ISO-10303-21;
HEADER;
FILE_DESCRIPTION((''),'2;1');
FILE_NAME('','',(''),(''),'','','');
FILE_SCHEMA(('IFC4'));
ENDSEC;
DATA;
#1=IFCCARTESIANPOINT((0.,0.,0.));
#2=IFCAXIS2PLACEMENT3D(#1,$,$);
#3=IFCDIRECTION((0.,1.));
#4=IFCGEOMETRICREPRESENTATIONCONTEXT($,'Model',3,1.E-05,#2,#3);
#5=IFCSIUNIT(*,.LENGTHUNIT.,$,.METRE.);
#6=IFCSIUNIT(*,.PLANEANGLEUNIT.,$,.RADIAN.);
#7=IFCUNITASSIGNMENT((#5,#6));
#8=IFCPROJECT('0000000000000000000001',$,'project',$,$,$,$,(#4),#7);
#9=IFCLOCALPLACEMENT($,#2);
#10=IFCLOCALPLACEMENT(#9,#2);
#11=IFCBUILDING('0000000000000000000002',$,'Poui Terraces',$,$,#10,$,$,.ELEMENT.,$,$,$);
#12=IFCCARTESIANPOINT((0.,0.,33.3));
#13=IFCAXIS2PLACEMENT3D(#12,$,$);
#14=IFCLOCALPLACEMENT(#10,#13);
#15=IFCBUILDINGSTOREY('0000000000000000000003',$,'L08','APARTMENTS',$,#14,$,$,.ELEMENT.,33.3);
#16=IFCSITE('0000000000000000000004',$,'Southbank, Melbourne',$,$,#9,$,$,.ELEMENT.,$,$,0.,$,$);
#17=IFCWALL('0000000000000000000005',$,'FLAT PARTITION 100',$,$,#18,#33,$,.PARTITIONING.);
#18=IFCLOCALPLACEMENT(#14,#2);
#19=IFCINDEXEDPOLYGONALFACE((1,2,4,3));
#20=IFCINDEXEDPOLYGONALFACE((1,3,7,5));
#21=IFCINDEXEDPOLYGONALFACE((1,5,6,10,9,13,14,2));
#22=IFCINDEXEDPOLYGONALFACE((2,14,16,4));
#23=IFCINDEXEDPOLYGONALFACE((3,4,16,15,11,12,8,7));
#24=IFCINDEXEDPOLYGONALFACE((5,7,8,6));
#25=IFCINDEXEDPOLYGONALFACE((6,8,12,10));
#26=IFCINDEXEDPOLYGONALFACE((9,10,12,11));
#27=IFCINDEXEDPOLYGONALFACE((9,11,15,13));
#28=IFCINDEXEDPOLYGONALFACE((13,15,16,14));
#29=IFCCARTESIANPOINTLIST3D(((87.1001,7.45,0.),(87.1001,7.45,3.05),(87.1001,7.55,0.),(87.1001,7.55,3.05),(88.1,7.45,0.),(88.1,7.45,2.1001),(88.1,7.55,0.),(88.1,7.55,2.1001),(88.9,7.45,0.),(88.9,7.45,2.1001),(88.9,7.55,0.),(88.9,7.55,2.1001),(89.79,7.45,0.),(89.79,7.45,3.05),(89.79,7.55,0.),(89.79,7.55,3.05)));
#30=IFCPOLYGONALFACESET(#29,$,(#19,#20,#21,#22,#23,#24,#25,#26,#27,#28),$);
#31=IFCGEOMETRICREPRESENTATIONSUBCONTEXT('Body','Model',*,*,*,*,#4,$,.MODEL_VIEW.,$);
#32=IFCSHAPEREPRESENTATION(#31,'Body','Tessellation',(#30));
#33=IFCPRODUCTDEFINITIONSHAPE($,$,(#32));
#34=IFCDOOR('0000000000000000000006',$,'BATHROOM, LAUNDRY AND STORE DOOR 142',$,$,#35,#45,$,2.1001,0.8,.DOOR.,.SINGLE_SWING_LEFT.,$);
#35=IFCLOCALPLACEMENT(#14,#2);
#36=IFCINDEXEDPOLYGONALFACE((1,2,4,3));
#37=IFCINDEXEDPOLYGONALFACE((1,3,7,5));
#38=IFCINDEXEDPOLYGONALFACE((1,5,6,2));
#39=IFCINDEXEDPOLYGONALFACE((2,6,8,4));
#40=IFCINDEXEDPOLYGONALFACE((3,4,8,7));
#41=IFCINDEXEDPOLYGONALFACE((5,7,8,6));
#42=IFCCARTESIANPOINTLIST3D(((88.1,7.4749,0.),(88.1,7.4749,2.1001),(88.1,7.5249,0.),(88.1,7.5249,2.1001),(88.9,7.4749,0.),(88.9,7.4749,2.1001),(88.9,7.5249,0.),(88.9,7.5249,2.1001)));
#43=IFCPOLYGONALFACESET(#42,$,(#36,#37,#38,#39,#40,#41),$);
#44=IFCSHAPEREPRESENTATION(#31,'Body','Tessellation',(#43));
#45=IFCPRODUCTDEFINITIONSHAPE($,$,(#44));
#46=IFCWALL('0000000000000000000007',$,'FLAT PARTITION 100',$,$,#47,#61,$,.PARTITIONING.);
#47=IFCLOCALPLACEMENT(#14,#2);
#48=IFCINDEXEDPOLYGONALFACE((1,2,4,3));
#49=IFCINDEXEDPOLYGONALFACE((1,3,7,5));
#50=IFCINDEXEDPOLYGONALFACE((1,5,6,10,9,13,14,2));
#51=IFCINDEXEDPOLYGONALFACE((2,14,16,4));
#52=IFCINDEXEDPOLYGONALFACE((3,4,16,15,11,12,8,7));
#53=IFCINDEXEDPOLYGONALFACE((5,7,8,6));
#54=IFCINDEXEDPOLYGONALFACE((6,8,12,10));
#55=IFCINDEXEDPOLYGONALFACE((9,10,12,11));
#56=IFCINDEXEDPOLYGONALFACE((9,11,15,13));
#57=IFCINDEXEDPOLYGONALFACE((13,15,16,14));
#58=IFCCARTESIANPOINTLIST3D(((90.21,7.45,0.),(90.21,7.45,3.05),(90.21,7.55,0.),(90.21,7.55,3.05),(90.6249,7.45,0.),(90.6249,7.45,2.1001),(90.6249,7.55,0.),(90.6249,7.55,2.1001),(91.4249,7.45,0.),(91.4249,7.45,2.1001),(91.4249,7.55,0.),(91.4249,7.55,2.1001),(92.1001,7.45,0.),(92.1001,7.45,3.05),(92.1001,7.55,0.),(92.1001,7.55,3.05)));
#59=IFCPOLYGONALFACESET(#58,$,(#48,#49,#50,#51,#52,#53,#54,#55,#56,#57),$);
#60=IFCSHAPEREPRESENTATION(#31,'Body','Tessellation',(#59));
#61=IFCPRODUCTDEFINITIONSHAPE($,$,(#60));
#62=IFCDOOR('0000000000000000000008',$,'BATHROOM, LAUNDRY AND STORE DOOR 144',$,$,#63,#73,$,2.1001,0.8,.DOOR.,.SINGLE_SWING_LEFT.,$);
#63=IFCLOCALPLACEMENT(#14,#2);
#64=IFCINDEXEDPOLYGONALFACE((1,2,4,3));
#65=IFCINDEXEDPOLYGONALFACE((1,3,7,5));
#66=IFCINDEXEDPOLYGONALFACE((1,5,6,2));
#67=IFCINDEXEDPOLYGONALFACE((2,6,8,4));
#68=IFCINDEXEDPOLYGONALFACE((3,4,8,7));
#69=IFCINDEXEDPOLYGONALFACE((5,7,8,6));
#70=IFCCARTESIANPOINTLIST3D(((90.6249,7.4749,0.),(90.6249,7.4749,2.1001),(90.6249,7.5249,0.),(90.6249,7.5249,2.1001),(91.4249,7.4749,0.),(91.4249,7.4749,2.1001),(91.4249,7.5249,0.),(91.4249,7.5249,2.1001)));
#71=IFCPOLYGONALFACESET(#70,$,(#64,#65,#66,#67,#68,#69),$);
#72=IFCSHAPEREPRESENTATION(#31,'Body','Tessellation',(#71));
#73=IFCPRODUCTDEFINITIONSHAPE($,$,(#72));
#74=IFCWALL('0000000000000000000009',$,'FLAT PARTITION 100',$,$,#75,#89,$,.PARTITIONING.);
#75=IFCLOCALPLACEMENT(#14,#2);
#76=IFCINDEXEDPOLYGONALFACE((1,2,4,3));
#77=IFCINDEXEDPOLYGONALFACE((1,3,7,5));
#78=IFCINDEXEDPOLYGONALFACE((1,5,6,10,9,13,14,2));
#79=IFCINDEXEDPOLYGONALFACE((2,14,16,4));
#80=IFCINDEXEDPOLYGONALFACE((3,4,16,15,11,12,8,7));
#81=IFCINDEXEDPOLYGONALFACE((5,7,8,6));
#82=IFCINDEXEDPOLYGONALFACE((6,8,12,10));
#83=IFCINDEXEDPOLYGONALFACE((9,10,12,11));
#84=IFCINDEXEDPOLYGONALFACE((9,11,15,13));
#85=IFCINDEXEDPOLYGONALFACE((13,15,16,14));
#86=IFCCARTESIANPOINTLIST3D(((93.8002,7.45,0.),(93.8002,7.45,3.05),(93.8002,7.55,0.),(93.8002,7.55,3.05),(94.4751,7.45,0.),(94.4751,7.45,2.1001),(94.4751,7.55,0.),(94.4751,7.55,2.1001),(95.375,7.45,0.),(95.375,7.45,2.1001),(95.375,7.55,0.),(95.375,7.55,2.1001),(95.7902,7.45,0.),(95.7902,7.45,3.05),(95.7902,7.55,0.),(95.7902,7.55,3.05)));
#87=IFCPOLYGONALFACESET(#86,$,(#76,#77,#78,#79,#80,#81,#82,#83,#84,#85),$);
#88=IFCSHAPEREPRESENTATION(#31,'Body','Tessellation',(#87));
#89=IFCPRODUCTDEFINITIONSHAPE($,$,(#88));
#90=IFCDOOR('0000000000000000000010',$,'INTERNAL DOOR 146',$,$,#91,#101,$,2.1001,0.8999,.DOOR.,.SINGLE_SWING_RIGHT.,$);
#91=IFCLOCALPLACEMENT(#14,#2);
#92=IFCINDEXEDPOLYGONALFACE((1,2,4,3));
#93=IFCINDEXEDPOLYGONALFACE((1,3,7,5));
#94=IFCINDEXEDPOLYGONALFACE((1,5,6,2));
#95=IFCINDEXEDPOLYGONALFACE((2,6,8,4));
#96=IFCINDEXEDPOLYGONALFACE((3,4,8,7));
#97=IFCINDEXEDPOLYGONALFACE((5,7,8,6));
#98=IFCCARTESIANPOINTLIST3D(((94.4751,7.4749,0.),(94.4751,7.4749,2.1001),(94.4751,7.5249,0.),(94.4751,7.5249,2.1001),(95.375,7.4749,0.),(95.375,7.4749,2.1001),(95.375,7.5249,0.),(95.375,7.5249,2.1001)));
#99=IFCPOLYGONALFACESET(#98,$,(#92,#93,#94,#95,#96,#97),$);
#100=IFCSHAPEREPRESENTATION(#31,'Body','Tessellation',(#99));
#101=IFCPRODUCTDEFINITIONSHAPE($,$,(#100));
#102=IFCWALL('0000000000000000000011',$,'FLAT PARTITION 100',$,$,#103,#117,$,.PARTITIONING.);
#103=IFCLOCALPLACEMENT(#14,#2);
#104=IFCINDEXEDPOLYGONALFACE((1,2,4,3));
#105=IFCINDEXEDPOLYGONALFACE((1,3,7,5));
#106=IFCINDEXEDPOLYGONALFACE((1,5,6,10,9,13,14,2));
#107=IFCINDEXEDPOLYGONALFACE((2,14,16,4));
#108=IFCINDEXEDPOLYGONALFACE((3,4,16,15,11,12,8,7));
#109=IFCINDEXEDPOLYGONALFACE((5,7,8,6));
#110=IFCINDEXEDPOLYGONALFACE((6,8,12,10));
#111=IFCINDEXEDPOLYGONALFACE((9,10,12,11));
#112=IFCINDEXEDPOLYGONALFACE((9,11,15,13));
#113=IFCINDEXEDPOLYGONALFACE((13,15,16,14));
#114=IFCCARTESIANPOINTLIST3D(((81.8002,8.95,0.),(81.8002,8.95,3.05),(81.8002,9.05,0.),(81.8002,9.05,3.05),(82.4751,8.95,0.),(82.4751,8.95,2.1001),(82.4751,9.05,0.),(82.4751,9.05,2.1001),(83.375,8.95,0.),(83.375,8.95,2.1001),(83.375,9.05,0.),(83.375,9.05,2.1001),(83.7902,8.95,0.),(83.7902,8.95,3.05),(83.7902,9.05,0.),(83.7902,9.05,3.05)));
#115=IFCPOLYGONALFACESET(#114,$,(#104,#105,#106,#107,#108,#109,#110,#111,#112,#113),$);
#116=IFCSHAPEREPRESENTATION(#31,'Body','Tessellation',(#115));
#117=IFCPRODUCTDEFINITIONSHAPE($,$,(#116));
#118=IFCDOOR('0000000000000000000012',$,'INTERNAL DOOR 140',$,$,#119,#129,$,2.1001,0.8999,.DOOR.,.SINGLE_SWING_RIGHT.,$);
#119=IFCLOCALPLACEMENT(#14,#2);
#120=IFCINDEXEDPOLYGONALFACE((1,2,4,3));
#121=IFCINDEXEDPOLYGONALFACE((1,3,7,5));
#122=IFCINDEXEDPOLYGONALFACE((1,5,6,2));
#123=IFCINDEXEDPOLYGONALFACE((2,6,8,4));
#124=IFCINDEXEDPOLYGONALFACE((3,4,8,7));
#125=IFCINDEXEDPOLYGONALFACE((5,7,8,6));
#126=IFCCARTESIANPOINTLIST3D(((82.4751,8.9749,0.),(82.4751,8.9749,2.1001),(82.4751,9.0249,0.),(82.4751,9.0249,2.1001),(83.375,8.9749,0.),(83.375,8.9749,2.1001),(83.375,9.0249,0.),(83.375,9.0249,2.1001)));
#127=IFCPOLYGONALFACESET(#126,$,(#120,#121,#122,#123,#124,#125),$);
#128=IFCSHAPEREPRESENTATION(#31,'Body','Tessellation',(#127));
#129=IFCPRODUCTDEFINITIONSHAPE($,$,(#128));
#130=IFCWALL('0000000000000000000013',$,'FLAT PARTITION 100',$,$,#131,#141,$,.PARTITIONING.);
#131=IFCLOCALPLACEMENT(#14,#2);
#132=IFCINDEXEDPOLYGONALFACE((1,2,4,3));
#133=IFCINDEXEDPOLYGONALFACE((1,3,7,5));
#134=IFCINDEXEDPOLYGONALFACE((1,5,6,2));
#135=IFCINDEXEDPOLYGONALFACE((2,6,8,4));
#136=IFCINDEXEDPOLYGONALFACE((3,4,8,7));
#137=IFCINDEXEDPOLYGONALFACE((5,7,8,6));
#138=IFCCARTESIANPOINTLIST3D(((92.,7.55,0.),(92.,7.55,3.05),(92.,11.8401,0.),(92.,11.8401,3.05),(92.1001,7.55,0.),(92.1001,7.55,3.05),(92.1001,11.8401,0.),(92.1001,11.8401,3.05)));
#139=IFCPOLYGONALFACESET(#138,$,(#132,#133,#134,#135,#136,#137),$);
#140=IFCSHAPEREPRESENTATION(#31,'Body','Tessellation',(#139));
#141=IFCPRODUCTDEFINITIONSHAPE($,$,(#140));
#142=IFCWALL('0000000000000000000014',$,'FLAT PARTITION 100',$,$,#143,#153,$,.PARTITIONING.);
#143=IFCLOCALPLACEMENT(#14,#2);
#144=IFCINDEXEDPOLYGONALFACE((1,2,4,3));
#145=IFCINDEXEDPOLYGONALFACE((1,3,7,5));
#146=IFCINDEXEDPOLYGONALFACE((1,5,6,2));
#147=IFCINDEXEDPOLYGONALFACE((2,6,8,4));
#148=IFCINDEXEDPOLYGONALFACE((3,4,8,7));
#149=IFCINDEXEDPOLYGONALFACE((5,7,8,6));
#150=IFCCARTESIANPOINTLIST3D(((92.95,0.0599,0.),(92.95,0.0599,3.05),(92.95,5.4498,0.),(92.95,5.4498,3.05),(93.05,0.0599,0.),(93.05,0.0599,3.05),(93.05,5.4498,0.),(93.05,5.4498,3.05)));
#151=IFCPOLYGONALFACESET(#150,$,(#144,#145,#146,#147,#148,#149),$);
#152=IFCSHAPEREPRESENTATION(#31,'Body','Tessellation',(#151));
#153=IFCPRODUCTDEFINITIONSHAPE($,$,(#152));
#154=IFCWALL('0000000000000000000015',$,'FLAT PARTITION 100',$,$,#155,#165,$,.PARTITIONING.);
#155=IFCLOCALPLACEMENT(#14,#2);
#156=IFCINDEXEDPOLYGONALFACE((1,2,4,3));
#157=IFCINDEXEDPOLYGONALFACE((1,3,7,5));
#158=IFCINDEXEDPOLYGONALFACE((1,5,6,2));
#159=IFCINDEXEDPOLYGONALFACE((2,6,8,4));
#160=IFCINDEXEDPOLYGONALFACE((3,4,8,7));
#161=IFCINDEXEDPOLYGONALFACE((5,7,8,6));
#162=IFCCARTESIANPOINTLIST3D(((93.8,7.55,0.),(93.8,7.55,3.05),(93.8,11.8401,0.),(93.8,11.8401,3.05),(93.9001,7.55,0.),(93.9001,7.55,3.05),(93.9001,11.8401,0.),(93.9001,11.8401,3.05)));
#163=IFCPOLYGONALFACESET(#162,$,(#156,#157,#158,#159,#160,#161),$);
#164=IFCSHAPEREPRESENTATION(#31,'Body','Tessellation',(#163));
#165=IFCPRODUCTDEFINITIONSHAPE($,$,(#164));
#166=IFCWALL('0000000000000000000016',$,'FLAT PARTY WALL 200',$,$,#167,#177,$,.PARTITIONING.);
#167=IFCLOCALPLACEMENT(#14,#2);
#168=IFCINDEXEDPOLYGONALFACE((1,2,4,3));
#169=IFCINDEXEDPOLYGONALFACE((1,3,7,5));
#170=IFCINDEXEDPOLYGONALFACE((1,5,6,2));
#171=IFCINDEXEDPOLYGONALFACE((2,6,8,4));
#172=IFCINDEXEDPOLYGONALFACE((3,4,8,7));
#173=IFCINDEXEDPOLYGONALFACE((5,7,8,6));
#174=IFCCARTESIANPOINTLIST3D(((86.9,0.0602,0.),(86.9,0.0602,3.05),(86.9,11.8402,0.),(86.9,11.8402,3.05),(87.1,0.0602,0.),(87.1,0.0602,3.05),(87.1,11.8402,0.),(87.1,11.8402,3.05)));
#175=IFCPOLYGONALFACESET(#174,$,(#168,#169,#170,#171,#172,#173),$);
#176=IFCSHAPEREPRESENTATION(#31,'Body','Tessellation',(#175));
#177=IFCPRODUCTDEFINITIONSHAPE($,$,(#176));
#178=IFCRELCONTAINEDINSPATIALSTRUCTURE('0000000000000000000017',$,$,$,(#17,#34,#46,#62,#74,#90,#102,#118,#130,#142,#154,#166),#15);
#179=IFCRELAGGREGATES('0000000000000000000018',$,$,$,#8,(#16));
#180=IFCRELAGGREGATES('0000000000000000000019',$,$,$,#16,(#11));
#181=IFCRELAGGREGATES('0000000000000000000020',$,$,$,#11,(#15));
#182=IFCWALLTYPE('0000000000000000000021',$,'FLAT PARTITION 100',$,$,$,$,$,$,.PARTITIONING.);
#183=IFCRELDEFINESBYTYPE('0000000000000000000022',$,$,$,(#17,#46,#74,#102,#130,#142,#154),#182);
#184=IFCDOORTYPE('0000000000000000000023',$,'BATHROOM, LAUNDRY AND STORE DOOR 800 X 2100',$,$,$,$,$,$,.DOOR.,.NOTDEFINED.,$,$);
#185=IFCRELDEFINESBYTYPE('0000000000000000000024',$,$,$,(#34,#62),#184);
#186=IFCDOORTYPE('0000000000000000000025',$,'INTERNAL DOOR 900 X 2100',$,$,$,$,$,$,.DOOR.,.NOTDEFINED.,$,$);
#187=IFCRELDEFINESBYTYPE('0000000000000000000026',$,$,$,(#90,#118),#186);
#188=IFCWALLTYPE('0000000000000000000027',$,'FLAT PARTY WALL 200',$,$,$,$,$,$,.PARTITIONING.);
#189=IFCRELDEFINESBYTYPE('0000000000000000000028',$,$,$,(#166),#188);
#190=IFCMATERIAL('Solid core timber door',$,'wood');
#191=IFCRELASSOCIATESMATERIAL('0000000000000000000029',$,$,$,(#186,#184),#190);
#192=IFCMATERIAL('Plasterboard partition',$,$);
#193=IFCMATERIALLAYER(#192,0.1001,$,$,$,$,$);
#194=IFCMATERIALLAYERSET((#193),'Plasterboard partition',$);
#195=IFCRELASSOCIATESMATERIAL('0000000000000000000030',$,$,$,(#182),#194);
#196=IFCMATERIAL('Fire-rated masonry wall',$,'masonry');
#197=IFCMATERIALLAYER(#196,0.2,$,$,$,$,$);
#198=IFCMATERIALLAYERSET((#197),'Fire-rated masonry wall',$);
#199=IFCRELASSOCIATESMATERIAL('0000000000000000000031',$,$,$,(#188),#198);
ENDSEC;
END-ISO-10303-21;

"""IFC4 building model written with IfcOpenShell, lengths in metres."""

from ifc_helpers import new_model, si_unit, direction, frame, frame_2d, origin, place, context, subcontext, project, spatial, rectangle, extrude, material, layer, layer_set, type_object, element, fill, save


model = new_model("IFC4")

# Units and contexts
model_context = context("Model", 3, precision=1e-05, world=origin(), true_north=direction((0.0, 1.0)))
body_context = subcontext(model_context, "Body", "Model", "MODEL_VIEW")
ifc_project = project(units=[si_unit("LENGTHUNIT", "METRE"), si_unit("PLANEANGLEUNIT", "RADIAN")], contexts=[model_context])

# Site, building, storey
site_placement = place(None, origin())
site = spatial("IfcSite", under=ifc_project, at=site_placement, Name="Southbank, Melbourne", CompositionType="ELEMENT", RefElevation=0.0)
building_placement = place(site_placement, origin())
building = spatial("IfcBuilding", under=site, at=building_placement, Name="Poui Terraces", CompositionType="ELEMENT")
storey_placement = place(building_placement, frame((0.0, 0.0, 33.3)))
storey = spatial("IfcBuildingStorey", under=building, at=storey_placement, Name="L08", Description="APARTMENTS", CompositionType="ELEMENT", Elevation=33.3)

# Shared definitions
ifc_material_1 = material(Name="Solid core timber door", Category="wood")
door_type_1 = type_object("IfcDoorType", Name="INTERNAL DOOR 900 X 2100", OperationType="NOTDEFINED", PredefinedType="DOOR", material=ifc_material_1)

# Walls, openings, doors
ifc_material_2 = material(Name="Plasterboard partition")
ifc_layer_1 = layer(ifc_material_2, 0.1001)
ifc_layer_set_1 = layer_set([ifc_layer_1], Name="Plasterboard partition")
wall_type_1 = type_object("IfcWallType", Name="FLAT PARTITION 100", PredefinedType="PARTITIONING", material=ifc_layer_set_1)
wall_1_placement = place(storey_placement, frame((87.1001, 7.5, 0.0), z_axis=(0.0, 0.0, 1.0), x_axis=(1.0, 0.0, 0.0)))
wall_1 = element("IfcWall", 1, at=wall_1_placement, inside=storey, type_object=wall_type_1, Name="FLAT PARTITION 100", PredefinedType="PARTITIONING", context=body_context, shape_type="SweptSolid", body=[
    extrude(rectangle(XDim=2.6899, YDim=0.1001, at=frame_2d((1.345, 0.0))), origin(), (0.0, 0.0, 1.0), 3.05),
])
opening_1_placement = place(wall_1_placement, frame((1.0, 0.0, 0.0)))
opening_1 = element("IfcOpeningElement", 2, at=opening_1_placement, cuts=wall_1, PredefinedType="OPENING", context=body_context, shape_type="SweptSolid", body=[
    extrude(rectangle(XDim=0.8, YDim=2.1001, at=frame_2d((0.3999, 1.05))), frame((0.0, 0.0601, 0.0), z_axis=(0.0, -1.0, 0.0), x_axis=(1.0, 0.0, 0.0)), (0.0, 0.0, 1.0), 0.1201),
])
door_type_2 = type_object("IfcDoorType", Name="BATHROOM, LAUNDRY AND STORE DOOR 800 X 2100", OperationType="NOTDEFINED", PredefinedType="DOOR", material=ifc_material_1)
door_1_placement = place(opening_1_placement, origin())
door_1 = element("IfcDoor", 3, at=door_1_placement, inside=storey, type_object=door_type_2, Name="BATHROOM, LAUNDRY AND STORE DOOR 142", OperationType="SINGLE_SWING_LEFT", OverallHeight=2.1001, OverallWidth=0.8, PredefinedType="DOOR", context=body_context, shape_type="SweptSolid", body=[
    extrude(rectangle(XDim=0.8, YDim=2.1001, at=frame_2d((0.3999, 1.05))), frame((0.0, 0.0249, 0.0), z_axis=(0.0, -1.0, 0.0), x_axis=(1.0, 0.0, 0.0)), (0.0, 0.0, 1.0), 0.05),
])
fill(opening_1, door_1)
wall_2_placement = place(storey_placement, frame((90.21, 7.5, 0.0), z_axis=(0.0, 0.0, 1.0), x_axis=(1.0, 0.0, 0.0)))
wall_2 = element("IfcWall", 4, at=wall_2_placement, inside=storey, type_object=wall_type_1, Name="FLAT PARTITION 100", PredefinedType="PARTITIONING", context=body_context, shape_type="SweptSolid", body=[
    extrude(rectangle(XDim=1.8901, YDim=0.1001, at=frame_2d((0.9451, 0.0))), origin(), (0.0, 0.0, 1.0), 3.05),
])
opening_2_placement = place(wall_2_placement, frame((0.415, 0.0, 0.0)))
opening_2 = element("IfcOpeningElement", 5, at=opening_2_placement, cuts=wall_2, PredefinedType="OPENING", context=body_context, shape_type="SweptSolid", body=[
    extrude(rectangle(XDim=0.8, YDim=2.1001, at=frame_2d((0.3999, 1.05))), frame((0.0, 0.0601, 0.0), z_axis=(0.0, -1.0, 0.0), x_axis=(1.0, 0.0, 0.0)), (0.0, 0.0, 1.0), 0.1201),
])
door_2_placement = place(opening_2_placement, origin())
door_2 = element("IfcDoor", 6, at=door_2_placement, inside=storey, type_object=door_type_2, Name="BATHROOM, LAUNDRY AND STORE DOOR 144", OperationType="SINGLE_SWING_LEFT", OverallHeight=2.1001, OverallWidth=0.8, PredefinedType="DOOR", context=body_context, shape_type="SweptSolid", body=[
    extrude(rectangle(XDim=0.8, YDim=2.1001, at=frame_2d((0.3999, 1.05))), frame((0.0, 0.0249, 0.0), z_axis=(0.0, -1.0, 0.0), x_axis=(1.0, 0.0, 0.0)), (0.0, 0.0, 1.0), 0.05),
])
fill(opening_2, door_2)
wall_3_placement = place(storey_placement, frame((93.8, 7.5, 0.0), z_axis=(0.0, 0.0, 1.0), x_axis=(1.0, 0.0, 0.0)))
wall_3 = element("IfcWall", 7, at=wall_3_placement, inside=storey, type_object=wall_type_1, Name="FLAT PARTITION 100", PredefinedType="PARTITIONING", context=body_context, shape_type="SweptSolid", body=[
    extrude(rectangle(XDim=1.99, YDim=0.1001, at=frame_2d((0.9951, 0.0))), origin(), (0.0, 0.0, 1.0), 3.05),
])
opening_3_placement = place(wall_3_placement, frame((0.675, 0.0, 0.0)))
opening_3 = element("IfcOpeningElement", 8, at=opening_3_placement, cuts=wall_3, PredefinedType="OPENING", context=body_context, shape_type="SweptSolid", body=[
    extrude(rectangle(XDim=0.8999, YDim=2.1001, at=frame_2d((0.45, 1.05))), frame((0.0, 0.0601, 0.0), z_axis=(0.0, -1.0, 0.0), x_axis=(1.0, 0.0, 0.0)), (0.0, 0.0, 1.0), 0.1201),
])
door_3_placement = place(opening_3_placement, origin())
door_3 = element("IfcDoor", 9, at=door_3_placement, inside=storey, type_object=door_type_1, Name="INTERNAL DOOR 146", OperationType="SINGLE_SWING_RIGHT", OverallHeight=2.1001, OverallWidth=0.8999, PredefinedType="DOOR", context=body_context, shape_type="SweptSolid", body=[
    extrude(rectangle(XDim=0.8999, YDim=2.1001, at=frame_2d((0.45, 1.05))), frame((0.0, 0.0249, 0.0), z_axis=(0.0, -1.0, 0.0), x_axis=(1.0, 0.0, 0.0)), (0.0, 0.0, 1.0), 0.05),
])
fill(opening_3, door_3)
wall_4_placement = place(storey_placement, frame((81.8, 9.0, 0.0), z_axis=(0.0, 0.0, 1.0), x_axis=(1.0, 0.0, 0.0)))
wall_4 = element("IfcWall", 10, at=wall_4_placement, inside=storey, type_object=wall_type_1, Name="FLAT PARTITION 100", PredefinedType="PARTITIONING", context=body_context, shape_type="SweptSolid", body=[
    extrude(rectangle(XDim=1.99, YDim=0.1001, at=frame_2d((0.9951, 0.0))), origin(), (0.0, 0.0, 1.0), 3.05),
])
opening_4_placement = place(wall_4_placement, frame((0.675, 0.0, 0.0)))
opening_4 = element("IfcOpeningElement", 11, at=opening_4_placement, cuts=wall_4, PredefinedType="OPENING", context=body_context, shape_type="SweptSolid", body=[
    extrude(rectangle(XDim=0.8999, YDim=2.1001, at=frame_2d((0.45, 1.05))), frame((0.0, 0.0601, 0.0), z_axis=(0.0, -1.0, 0.0), x_axis=(1.0, 0.0, 0.0)), (0.0, 0.0, 1.0), 0.1201),
])
door_4_placement = place(opening_4_placement, origin())
door_4 = element("IfcDoor", 12, at=door_4_placement, inside=storey, type_object=door_type_1, Name="INTERNAL DOOR 140", OperationType="SINGLE_SWING_RIGHT", OverallHeight=2.1001, OverallWidth=0.8999, PredefinedType="DOOR", context=body_context, shape_type="SweptSolid", body=[
    extrude(rectangle(XDim=0.8999, YDim=2.1001, at=frame_2d((0.45, 1.05))), frame((0.0, 0.0249, 0.0), z_axis=(0.0, -1.0, 0.0), x_axis=(1.0, 0.0, 0.0)), (0.0, 0.0, 1.0), 0.05),
])
fill(opening_4, door_4)

# Walls
wall_5_placement = place(storey_placement, frame((92.05, 7.55, 0.0), z_axis=(0.0, 0.0, 1.0), x_axis=(0.0, 1.0, 0.0)))
element("IfcWall", 13, at=wall_5_placement, inside=storey, type_object=wall_type_1, Name="FLAT PARTITION 100", PredefinedType="PARTITIONING", context=body_context, shape_type="SweptSolid", body=[
    extrude(rectangle(XDim=4.29, YDim=0.1001, at=frame_2d((2.145, 0.0))), origin(), (0.0, 0.0, 1.0), 3.05),
])
wall_6_placement = place(storey_placement, frame((93.0, 0.0601, 0.0), z_axis=(0.0, 0.0, 1.0), x_axis=(0.0, 1.0, 0.0)))
element("IfcWall", 14, at=wall_6_placement, inside=storey, type_object=wall_type_1, Name="FLAT PARTITION 100", PredefinedType="PARTITIONING", context=body_context, shape_type="SweptSolid", body=[
    extrude(rectangle(XDim=5.3899, YDim=0.1001, at=frame_2d((2.6948, 0.0))), origin(), (0.0, 0.0, 1.0), 3.05),
])
wall_7_placement = place(storey_placement, frame((93.8501, 7.55, 0.0), z_axis=(0.0, 0.0, 1.0), x_axis=(0.0, 1.0, 0.0)))
element("IfcWall", 15, at=wall_7_placement, inside=storey, type_object=wall_type_1, Name="FLAT PARTITION 100", PredefinedType="PARTITIONING", context=body_context, shape_type="SweptSolid", body=[
    extrude(rectangle(XDim=4.29, YDim=0.1001, at=frame_2d((2.145, 0.0))), origin(), (0.0, 0.0, 1.0), 3.05),
])
ifc_material_3 = material(Name="Fire-rated masonry wall", Category="masonry")
ifc_layer_2 = layer(ifc_material_3, 0.2)
ifc_layer_set_2 = layer_set([ifc_layer_2], Name="Fire-rated masonry wall")
wall_type_2 = type_object("IfcWallType", Name="FLAT PARTY WALL 200", PredefinedType="PARTITIONING", material=ifc_layer_set_2)
wall_8_placement = place(storey_placement, frame((87.0, 0.0601, 0.0), z_axis=(0.0, 0.0, 1.0), x_axis=(0.0, 1.0, 0.0)))
element("IfcWall", 16, at=wall_8_placement, inside=storey, type_object=wall_type_2, Name="FLAT PARTY WALL 200", PredefinedType="PARTITIONING", context=body_context, shape_type="SweptSolid", body=[
    extrude(rectangle(XDim=11.78, YDim=0.2, at=frame_2d((5.8901, 0.0))), origin(), (0.0, 0.0, 1.0), 3.05),
])

save(model, "model.ifc")
